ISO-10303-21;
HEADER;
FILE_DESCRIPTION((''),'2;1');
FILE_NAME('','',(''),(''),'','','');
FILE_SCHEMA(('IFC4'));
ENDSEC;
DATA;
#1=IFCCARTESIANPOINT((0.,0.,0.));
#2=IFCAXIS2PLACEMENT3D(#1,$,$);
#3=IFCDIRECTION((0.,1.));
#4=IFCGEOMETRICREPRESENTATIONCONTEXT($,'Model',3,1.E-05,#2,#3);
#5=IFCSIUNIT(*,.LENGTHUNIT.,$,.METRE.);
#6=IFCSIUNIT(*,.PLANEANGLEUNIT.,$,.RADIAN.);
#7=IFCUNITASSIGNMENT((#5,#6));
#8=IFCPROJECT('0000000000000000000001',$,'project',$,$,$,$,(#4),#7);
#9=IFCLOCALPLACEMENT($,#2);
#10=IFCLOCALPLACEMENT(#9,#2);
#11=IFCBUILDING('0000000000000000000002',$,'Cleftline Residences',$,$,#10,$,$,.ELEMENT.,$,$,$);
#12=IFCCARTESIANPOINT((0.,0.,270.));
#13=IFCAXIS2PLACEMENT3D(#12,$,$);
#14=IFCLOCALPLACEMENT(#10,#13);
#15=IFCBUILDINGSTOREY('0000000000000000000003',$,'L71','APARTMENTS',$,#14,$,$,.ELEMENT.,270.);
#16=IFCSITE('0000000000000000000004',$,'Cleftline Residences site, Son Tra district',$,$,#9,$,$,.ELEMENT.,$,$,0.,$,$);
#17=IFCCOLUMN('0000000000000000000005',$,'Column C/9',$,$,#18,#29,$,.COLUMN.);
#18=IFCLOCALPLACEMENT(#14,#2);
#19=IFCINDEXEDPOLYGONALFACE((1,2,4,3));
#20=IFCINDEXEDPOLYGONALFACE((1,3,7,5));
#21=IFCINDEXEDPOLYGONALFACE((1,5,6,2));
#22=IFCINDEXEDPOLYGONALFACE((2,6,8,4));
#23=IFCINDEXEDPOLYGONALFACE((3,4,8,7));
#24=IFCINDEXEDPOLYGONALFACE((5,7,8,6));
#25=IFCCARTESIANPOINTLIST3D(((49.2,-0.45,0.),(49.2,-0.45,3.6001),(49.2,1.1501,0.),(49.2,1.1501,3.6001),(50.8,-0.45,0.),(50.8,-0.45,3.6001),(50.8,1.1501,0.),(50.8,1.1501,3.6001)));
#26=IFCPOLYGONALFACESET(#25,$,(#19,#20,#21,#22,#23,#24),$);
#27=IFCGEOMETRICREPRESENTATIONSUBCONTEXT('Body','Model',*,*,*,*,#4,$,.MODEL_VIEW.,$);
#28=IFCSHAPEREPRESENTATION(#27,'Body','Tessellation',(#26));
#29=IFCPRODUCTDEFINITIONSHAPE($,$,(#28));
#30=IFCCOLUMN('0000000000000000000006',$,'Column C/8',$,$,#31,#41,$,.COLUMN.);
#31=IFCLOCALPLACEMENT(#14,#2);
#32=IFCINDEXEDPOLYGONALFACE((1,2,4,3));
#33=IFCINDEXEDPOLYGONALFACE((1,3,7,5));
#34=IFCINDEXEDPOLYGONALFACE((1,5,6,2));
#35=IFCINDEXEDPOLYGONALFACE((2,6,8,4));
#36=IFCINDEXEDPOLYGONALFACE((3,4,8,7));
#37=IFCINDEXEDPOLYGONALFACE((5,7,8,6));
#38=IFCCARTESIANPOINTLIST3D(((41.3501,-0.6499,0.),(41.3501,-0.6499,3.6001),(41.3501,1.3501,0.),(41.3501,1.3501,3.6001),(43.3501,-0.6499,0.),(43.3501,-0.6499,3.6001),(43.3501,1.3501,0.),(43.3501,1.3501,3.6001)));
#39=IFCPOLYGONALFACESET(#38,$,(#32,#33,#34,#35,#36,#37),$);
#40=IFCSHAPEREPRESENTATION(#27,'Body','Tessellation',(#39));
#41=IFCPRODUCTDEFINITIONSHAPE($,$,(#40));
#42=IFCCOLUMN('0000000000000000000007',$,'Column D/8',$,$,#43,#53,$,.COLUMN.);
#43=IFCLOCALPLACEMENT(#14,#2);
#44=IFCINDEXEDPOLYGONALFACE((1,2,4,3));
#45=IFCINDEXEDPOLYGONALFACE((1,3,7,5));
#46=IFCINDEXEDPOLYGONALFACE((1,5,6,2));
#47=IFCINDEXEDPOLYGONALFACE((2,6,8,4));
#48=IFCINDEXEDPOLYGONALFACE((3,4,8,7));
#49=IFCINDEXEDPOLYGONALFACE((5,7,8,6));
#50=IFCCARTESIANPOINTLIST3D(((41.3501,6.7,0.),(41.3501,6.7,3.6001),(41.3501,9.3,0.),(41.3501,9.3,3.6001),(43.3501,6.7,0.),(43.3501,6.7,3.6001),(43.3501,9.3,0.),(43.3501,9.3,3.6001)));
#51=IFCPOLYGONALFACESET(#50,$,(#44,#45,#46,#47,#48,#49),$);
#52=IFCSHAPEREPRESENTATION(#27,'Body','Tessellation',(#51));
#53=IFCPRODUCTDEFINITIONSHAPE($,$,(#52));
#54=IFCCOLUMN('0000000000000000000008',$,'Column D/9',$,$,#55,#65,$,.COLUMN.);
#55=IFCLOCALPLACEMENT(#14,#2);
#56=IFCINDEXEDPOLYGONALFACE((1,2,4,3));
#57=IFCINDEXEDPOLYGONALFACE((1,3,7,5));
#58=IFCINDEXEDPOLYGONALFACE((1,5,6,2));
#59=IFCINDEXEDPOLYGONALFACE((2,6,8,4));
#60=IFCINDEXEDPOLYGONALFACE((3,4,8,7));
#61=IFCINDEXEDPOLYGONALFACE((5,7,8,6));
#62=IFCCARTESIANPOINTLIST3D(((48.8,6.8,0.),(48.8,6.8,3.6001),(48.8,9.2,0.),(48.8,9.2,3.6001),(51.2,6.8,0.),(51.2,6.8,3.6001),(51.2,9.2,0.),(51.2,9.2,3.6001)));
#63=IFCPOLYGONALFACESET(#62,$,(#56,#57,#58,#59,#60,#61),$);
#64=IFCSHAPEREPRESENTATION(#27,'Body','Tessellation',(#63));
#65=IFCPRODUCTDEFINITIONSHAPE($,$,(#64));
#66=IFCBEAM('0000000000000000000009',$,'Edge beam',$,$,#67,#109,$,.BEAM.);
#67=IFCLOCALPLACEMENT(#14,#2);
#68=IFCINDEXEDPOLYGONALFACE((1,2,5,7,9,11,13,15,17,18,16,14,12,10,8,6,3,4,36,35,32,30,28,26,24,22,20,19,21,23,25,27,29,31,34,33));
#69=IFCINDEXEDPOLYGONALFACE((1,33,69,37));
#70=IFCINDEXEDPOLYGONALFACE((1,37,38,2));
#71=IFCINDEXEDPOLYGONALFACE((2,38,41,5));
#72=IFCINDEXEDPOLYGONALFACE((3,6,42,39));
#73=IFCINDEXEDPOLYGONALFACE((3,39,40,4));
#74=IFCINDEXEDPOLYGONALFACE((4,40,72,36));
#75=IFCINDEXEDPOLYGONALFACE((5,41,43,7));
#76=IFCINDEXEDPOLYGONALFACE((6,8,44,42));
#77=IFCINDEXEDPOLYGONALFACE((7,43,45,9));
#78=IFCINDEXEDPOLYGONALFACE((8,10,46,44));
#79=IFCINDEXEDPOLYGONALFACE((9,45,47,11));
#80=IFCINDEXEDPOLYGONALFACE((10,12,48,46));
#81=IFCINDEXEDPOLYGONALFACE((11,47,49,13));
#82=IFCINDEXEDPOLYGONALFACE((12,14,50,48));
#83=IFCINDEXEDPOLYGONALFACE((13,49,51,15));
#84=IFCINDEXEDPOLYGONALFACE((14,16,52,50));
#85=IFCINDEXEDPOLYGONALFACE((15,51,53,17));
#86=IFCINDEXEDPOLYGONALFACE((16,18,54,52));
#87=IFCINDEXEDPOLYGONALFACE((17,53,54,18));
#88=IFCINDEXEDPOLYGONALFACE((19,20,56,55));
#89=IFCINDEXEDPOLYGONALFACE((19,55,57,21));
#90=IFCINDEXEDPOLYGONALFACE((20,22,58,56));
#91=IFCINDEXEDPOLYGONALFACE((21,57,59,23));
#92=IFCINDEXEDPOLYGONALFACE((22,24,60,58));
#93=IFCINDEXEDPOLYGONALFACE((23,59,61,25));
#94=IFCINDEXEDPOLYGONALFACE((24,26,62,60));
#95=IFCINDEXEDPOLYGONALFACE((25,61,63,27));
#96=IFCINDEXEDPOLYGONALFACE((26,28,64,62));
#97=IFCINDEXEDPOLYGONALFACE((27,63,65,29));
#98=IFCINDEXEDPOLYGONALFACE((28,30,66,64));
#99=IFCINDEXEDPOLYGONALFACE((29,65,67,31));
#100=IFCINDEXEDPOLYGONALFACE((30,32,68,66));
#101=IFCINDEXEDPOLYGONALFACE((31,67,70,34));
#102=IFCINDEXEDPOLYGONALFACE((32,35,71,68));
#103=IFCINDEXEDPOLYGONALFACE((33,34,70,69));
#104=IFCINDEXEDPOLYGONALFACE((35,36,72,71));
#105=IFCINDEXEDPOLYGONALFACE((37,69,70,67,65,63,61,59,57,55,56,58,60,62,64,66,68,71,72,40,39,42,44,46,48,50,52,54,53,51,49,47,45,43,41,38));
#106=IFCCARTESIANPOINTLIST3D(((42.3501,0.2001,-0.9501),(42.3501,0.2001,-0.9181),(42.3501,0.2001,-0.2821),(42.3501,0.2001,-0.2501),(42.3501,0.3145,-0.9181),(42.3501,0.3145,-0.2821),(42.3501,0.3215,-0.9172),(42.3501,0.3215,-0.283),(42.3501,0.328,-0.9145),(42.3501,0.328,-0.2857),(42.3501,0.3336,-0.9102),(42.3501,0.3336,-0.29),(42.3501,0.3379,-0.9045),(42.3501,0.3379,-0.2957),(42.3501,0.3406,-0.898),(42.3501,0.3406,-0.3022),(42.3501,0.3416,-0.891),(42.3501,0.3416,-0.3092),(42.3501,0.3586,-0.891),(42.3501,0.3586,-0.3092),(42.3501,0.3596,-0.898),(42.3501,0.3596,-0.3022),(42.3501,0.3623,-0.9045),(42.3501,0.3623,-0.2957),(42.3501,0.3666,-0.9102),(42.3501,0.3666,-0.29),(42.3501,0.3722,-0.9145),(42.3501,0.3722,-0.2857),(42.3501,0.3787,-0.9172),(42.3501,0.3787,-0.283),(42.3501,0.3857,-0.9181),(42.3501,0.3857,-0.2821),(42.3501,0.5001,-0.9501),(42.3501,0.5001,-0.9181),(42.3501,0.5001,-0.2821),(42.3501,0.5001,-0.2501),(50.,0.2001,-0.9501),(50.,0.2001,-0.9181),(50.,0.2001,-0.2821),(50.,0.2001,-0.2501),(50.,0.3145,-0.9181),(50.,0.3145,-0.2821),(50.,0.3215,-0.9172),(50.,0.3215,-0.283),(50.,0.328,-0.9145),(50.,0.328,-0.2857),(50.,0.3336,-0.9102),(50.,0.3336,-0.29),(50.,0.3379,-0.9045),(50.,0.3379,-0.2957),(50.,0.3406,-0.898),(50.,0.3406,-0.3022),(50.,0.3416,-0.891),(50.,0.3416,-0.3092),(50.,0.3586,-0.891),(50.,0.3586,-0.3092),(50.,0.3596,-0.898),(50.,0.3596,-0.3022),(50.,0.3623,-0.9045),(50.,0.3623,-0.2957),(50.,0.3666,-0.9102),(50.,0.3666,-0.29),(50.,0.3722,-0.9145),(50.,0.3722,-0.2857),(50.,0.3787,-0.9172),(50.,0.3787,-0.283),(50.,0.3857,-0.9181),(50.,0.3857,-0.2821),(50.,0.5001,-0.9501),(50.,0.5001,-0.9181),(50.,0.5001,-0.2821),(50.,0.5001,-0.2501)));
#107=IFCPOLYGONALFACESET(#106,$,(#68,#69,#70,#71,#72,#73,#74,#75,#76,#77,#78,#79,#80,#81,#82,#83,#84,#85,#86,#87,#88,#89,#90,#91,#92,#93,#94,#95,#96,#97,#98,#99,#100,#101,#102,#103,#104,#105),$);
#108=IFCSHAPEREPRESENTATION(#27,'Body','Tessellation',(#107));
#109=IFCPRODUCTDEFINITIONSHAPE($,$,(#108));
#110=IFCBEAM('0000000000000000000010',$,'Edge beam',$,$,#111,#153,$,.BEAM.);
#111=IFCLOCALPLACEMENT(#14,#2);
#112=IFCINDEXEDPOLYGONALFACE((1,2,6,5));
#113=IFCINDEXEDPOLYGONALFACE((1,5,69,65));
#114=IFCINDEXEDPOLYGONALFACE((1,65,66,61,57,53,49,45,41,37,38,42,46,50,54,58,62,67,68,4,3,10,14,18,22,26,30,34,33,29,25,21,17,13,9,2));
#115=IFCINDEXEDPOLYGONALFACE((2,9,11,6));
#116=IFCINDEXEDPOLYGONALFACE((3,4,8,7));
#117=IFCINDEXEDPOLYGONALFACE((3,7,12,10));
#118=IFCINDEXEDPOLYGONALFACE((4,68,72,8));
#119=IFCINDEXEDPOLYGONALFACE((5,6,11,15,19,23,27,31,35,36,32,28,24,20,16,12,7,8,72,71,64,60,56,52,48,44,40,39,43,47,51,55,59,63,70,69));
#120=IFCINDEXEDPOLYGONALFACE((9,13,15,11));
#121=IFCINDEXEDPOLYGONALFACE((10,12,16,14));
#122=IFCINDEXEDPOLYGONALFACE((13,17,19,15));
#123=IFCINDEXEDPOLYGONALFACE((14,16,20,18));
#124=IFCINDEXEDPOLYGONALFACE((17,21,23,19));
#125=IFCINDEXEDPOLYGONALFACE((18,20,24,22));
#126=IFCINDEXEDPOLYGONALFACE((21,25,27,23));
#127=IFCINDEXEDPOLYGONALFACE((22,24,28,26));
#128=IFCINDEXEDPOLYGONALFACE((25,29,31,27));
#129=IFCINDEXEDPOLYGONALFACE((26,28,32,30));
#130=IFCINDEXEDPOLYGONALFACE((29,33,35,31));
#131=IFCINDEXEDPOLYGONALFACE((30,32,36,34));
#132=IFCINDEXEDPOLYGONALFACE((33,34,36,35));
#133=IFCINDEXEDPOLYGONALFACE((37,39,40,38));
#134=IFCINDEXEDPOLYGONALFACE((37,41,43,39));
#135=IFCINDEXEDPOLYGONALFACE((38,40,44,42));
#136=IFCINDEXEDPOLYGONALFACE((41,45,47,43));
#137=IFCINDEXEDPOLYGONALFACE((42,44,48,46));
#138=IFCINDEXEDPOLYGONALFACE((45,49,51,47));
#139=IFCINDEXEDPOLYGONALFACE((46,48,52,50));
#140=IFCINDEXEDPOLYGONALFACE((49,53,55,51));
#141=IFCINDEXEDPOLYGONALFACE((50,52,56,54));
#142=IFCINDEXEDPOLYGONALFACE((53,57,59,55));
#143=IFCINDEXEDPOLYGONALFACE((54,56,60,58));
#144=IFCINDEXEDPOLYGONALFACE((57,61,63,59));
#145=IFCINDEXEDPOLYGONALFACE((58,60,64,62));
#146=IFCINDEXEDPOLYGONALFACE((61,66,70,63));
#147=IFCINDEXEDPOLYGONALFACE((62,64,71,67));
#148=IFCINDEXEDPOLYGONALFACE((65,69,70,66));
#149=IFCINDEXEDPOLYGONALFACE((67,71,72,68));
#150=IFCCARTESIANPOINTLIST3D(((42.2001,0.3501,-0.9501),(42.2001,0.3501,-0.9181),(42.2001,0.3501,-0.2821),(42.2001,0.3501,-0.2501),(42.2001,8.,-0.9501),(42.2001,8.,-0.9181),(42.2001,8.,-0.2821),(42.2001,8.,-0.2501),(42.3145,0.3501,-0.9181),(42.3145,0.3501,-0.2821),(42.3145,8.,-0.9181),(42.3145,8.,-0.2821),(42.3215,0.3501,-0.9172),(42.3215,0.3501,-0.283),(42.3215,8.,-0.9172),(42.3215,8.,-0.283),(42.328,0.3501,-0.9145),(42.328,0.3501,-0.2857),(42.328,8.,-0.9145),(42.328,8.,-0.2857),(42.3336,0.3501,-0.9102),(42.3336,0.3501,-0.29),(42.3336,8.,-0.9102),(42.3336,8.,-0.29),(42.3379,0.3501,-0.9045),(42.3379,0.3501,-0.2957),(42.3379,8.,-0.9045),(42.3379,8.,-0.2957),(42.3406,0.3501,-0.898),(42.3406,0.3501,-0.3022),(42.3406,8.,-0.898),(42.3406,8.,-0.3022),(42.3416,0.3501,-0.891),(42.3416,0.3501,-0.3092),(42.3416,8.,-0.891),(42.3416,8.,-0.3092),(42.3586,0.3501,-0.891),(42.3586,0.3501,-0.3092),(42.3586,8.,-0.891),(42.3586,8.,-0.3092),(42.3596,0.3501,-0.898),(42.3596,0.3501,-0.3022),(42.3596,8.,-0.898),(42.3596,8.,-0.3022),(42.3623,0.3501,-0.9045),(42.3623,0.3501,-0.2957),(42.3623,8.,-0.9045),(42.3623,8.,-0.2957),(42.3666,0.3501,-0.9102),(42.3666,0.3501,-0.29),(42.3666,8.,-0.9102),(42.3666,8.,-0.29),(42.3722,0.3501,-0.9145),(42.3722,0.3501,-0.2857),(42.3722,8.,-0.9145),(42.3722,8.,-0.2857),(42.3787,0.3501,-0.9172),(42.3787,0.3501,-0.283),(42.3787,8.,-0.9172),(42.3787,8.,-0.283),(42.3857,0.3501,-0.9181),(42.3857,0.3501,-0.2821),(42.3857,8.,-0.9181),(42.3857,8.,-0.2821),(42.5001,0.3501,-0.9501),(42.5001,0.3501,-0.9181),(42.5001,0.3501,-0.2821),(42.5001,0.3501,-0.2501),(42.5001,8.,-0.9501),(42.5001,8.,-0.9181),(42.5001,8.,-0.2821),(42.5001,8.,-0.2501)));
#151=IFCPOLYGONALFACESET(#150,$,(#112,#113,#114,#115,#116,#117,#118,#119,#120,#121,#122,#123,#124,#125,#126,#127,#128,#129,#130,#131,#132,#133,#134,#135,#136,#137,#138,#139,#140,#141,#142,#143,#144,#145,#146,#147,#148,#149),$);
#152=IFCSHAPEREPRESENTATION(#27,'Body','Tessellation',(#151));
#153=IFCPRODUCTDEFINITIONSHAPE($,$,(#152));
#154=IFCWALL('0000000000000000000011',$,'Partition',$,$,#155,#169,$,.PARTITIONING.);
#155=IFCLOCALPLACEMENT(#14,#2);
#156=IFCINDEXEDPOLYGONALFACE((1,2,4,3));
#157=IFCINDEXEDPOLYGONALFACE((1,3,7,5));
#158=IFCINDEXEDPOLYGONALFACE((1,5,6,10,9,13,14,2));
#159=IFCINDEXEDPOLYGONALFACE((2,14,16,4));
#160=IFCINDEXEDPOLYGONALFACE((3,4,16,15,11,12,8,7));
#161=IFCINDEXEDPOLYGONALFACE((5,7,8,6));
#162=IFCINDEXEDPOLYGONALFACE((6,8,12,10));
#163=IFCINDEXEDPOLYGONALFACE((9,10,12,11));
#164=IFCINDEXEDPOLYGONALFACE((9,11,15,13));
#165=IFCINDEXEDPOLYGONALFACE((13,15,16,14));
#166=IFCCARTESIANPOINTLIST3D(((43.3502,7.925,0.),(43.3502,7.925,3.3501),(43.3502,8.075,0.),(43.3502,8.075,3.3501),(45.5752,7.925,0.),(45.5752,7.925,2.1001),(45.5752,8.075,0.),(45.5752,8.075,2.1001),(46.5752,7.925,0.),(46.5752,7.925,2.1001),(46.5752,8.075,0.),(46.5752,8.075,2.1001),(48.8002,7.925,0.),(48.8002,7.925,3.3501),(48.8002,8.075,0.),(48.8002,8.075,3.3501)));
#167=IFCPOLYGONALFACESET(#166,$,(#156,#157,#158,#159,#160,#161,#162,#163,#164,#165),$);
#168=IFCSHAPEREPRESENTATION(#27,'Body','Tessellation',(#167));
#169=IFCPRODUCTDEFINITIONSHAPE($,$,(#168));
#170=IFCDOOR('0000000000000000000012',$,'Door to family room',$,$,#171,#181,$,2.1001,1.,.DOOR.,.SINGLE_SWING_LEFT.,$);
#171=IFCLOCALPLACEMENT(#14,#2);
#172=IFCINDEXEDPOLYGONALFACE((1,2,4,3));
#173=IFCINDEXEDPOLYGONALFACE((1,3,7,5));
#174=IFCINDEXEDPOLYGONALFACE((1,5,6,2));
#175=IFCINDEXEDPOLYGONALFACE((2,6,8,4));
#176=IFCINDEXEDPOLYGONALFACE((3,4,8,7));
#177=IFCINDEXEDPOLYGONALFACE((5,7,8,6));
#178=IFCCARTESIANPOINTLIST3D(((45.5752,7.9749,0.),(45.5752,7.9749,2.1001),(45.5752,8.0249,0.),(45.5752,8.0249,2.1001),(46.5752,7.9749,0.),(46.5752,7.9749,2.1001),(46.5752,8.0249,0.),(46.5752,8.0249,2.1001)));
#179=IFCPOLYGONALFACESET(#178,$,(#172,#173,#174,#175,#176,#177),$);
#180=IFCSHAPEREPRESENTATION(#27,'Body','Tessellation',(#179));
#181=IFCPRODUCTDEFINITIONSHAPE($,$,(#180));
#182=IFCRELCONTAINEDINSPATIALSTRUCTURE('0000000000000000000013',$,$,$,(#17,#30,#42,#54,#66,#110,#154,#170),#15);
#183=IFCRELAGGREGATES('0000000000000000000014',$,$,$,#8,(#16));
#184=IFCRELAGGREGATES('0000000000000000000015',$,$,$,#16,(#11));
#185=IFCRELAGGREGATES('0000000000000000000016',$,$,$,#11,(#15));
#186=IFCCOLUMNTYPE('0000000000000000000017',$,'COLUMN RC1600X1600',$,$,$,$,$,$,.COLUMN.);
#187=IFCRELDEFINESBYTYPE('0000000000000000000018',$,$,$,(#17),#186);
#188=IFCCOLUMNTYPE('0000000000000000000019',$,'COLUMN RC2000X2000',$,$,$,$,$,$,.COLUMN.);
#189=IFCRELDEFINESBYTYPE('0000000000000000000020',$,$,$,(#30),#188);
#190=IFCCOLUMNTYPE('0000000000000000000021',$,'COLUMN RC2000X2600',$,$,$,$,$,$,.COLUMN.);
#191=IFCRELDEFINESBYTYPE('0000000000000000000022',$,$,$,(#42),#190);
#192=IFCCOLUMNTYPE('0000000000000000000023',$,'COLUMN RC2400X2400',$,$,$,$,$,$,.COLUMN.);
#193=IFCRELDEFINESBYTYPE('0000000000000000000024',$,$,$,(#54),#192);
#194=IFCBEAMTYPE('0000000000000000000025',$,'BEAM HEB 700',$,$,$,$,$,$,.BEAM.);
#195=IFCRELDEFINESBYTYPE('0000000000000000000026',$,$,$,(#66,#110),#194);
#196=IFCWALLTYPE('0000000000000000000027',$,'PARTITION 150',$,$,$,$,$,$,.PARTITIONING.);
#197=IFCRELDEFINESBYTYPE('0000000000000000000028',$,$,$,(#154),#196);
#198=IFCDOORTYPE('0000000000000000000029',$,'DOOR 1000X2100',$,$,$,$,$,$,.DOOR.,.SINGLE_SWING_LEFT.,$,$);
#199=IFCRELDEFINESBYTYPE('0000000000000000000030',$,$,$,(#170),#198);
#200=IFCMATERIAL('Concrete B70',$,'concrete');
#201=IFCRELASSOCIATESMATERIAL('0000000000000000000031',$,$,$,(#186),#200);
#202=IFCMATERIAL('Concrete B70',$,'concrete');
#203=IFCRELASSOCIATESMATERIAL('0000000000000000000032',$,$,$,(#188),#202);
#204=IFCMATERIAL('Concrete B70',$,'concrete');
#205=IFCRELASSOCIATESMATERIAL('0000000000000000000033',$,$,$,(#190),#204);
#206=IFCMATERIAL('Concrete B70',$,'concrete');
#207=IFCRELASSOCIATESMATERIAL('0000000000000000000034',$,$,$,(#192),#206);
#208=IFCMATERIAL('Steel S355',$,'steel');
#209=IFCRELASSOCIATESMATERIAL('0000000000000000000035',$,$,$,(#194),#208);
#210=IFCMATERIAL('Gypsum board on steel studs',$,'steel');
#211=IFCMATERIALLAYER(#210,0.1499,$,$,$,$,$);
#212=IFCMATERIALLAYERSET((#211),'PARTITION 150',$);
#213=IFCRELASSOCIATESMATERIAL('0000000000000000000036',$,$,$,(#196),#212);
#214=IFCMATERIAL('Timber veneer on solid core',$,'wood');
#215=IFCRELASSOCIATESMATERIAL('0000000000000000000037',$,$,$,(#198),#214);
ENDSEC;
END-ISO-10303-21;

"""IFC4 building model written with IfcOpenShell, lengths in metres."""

from ifc_helpers import new_model, si_unit, direction, frame, frame_2d, origin, origin_2d, place, context, subcontext, project, spatial, rectangle, i_section, extrude, material, layer, layer_set, material_profile, profile_set, type_object, element, fill, save


model = new_model("IFC4")

# Units and contexts
model_context = context("Model", 3, precision=1e-05, world=origin(), true_north=direction((0.0, 1.0)))
body_context = subcontext(model_context, "Body", "Model", "MODEL_VIEW")
ifc_project = project(units=[si_unit("LENGTHUNIT", "METRE"), si_unit("PLANEANGLEUNIT", "RADIAN")], contexts=[model_context])

# Site, building, storey
site_placement = place(None, origin())
site = spatial("IfcSite", under=ifc_project, at=site_placement, Name="Cleftline Residences site, Son Tra district", CompositionType="ELEMENT", RefElevation=0.0)
building_placement = place(site_placement, origin())
building = spatial("IfcBuilding", under=site, at=building_placement, Name="Cleftline Residences", CompositionType="ELEMENT")
storey_placement = place(building_placement, frame((0.0, 0.0, 270.0)))
storey = spatial("IfcBuildingStorey", under=building, at=storey_placement, Name="L71", Description="APARTMENTS", CompositionType="ELEMENT", Elevation=270.0)

# Columns
ifc_material_1 = material(Name="Concrete B70", Category="concrete")
ifc_material_profile_1 = material_profile(ifc_material_1, rectangle(XDim=1.6001, YDim=1.6001, at=origin_2d()))
ifc_profile_set_1 = profile_set([ifc_material_profile_1], Name="Concrete B70")
column_type_1 = type_object("IfcColumnType", Name="COLUMN RC1600X1600", PredefinedType="COLUMN", material=ifc_profile_set_1)
column_1_placement = place(storey_placement, frame((50.0, 0.3501, 0.0), z_axis=(0.0, 0.0, 1.0), x_axis=(1.0, 0.0, 0.0)))
element("IfcColumn", 1, at=column_1_placement, inside=storey, type_object=column_type_1, Name="Column C/9", PredefinedType="COLUMN", context=body_context, shape_type="SweptSolid", body=[
    extrude(rectangle(XDim=1.6001, YDim=1.6001, at=origin_2d()), origin(), (0.0, 0.0, 1.0), 3.6001),
])
ifc_material_2 = material(Name="Concrete B70", Category="concrete")
ifc_material_profile_2 = material_profile(ifc_material_2, rectangle(XDim=2.0, YDim=2.0, at=origin_2d()))
ifc_profile_set_2 = profile_set([ifc_material_profile_2], Name="Concrete B70")
column_type_2 = type_object("IfcColumnType", Name="COLUMN RC2000X2000", PredefinedType="COLUMN", material=ifc_profile_set_2)
column_2_placement = place(storey_placement, frame((42.3501, 0.3501, 0.0), z_axis=(0.0, 0.0, 1.0), x_axis=(1.0, 0.0, 0.0)))
element("IfcColumn", 2, at=column_2_placement, inside=storey, type_object=column_type_2, Name="Column C/8", PredefinedType="COLUMN", context=body_context, shape_type="SweptSolid", body=[
    extrude(rectangle(XDim=2.0, YDim=2.0, at=origin_2d()), origin(), (0.0, 0.0, 1.0), 3.6001),
])
ifc_material_3 = material(Name="Concrete B70", Category="concrete")
ifc_material_profile_3 = material_profile(ifc_material_3, rectangle(XDim=2.0, YDim=2.6001, at=origin_2d()))
ifc_profile_set_3 = profile_set([ifc_material_profile_3], Name="Concrete B70")
column_type_3 = type_object("IfcColumnType", Name="COLUMN RC2000X2600", PredefinedType="COLUMN", material=ifc_profile_set_3)
column_3_placement = place(storey_placement, frame((42.3501, 8.0, 0.0), z_axis=(0.0, 0.0, 1.0), x_axis=(1.0, 0.0, 0.0)))
element("IfcColumn", 3, at=column_3_placement, inside=storey, type_object=column_type_3, Name="Column D/8", PredefinedType="COLUMN", context=body_context, shape_type="SweptSolid", body=[
    extrude(rectangle(XDim=2.0, YDim=2.6001, at=origin_2d()), origin(), (0.0, 0.0, 1.0), 3.6001),
])
ifc_material_4 = material(Name="Concrete B70", Category="concrete")
ifc_material_profile_4 = material_profile(ifc_material_4, rectangle(XDim=2.3999, YDim=2.3999, at=origin_2d()))
ifc_profile_set_4 = profile_set([ifc_material_profile_4], Name="Concrete B70")
column_type_4 = type_object("IfcColumnType", Name="COLUMN RC2400X2400", PredefinedType="COLUMN", material=ifc_profile_set_4)
column_4_placement = place(storey_placement, frame((50.0, 8.0, 0.0), z_axis=(0.0, 0.0, 1.0), x_axis=(1.0, 0.0, 0.0)))
element("IfcColumn", 4, at=column_4_placement, inside=storey, type_object=column_type_4, Name="Column D/9", PredefinedType="COLUMN", context=body_context, shape_type="SweptSolid", body=[
    extrude(rectangle(XDim=2.3999, YDim=2.3999, at=origin_2d()), origin(), (0.0, 0.0, 1.0), 3.6001),
])

# Beams
ifc_material_5 = material(Name="Steel S355", Category="steel")
ifc_material_profile_5 = material_profile(ifc_material_5, i_section(OverallWidth=0.3, OverallDepth=0.7, WebThickness=0.0171, FlangeThickness=0.032, FilletRadius=0.0271, at=origin_2d()))
ifc_profile_set_5 = profile_set([ifc_material_profile_5], Name="Steel S355")
beam_type = type_object("IfcBeamType", Name="BEAM HEB 700", PredefinedType="BEAM", material=ifc_profile_set_5)
for number, where, z_axis, x_axis, name in (
    (5, (50.0, 0.3501, -0.6001), (-1.0, 0.0, 0.0), (0.0, -1.0, 0.0), "Edge beam"),
    (6, (42.3501, 0.3501, -0.6001), (0.0, 1.0, 0.0), (-1.0, 0.0, 0.0), "Edge beam"),
):
    element("IfcBeam", number, at=place(storey_placement, frame(where, z_axis=z_axis, x_axis=x_axis)), inside=storey, type_object=beam_type, Name=name, PredefinedType="BEAM", context=body_context, shape_type="SweptSolid", body=[
        extrude(i_section(OverallWidth=0.3, OverallDepth=0.7, WebThickness=0.0171, FlangeThickness=0.032, FilletRadius=0.0271, at=origin_2d()), origin(), (0.0, 0.0, 1.0), 7.6499),
    ])

# Wall, opening, door
ifc_material_6 = material(Name="Gypsum board on steel studs", Category="steel")
ifc_layer_1 = layer(ifc_material_6, 0.1499)
ifc_layer_set_1 = layer_set([ifc_layer_1], Name="PARTITION 150")
wall_type_1 = type_object("IfcWallType", Name="PARTITION 150", PredefinedType="PARTITIONING", material=ifc_layer_set_1)
wall_1_placement = place(storey_placement, frame((43.3501, 8.0, 0.0), z_axis=(0.0, 0.0, 1.0), x_axis=(1.0, 0.0, 0.0)))
wall_1 = element("IfcWall", 7, at=wall_1_placement, inside=storey, type_object=wall_type_1, Name="Partition", PredefinedType="PARTITIONING", context=body_context, shape_type="SweptSolid", body=[
    extrude(rectangle(XDim=5.45, YDim=0.1499, at=frame_2d((2.7251, 0.0))), origin(), (0.0, 0.0, 1.0), 3.3501),
])
opening_1_placement = place(wall_1_placement, frame((2.2251, 0.0, 0.0)))
opening_1 = element("IfcOpeningElement", 8, at=opening_1_placement, cuts=wall_1, PredefinedType="OPENING", context=body_context, shape_type="SweptSolid", body=[
    extrude(rectangle(XDim=1.0, YDim=2.1001, at=frame_2d((0.5, 1.05))), frame((0.0, 0.085, 0.0), z_axis=(0.0, -1.0, 0.0), x_axis=(1.0, 0.0, 0.0)), (0.0, 0.0, 1.0), 0.1699),
])
ifc_material_7 = material(Name="Timber veneer on solid core", Category="wood")
door_type_1 = type_object("IfcDoorType", Name="DOOR 1000X2100", OperationType="SINGLE_SWING_LEFT", PredefinedType="DOOR", material=ifc_material_7)
door_1_placement = place(opening_1_placement, origin())
door_1 = element("IfcDoor", 9, at=door_1_placement, inside=storey, type_object=door_type_1, Name="Door to family room", OperationType="SINGLE_SWING_LEFT", OverallHeight=2.1001, OverallWidth=1.0, PredefinedType="DOOR", context=body_context, shape_type="SweptSolid", body=[
    extrude(rectangle(XDim=1.0, YDim=2.1001, at=frame_2d((0.5, 1.05))), frame((0.0, 0.0249, 0.0), z_axis=(0.0, -1.0, 0.0), x_axis=(1.0, 0.0, 0.0)), (0.0, 0.0, 1.0), 0.05),
])
fill(opening_1, door_1)

save(model, "model.ifc")
